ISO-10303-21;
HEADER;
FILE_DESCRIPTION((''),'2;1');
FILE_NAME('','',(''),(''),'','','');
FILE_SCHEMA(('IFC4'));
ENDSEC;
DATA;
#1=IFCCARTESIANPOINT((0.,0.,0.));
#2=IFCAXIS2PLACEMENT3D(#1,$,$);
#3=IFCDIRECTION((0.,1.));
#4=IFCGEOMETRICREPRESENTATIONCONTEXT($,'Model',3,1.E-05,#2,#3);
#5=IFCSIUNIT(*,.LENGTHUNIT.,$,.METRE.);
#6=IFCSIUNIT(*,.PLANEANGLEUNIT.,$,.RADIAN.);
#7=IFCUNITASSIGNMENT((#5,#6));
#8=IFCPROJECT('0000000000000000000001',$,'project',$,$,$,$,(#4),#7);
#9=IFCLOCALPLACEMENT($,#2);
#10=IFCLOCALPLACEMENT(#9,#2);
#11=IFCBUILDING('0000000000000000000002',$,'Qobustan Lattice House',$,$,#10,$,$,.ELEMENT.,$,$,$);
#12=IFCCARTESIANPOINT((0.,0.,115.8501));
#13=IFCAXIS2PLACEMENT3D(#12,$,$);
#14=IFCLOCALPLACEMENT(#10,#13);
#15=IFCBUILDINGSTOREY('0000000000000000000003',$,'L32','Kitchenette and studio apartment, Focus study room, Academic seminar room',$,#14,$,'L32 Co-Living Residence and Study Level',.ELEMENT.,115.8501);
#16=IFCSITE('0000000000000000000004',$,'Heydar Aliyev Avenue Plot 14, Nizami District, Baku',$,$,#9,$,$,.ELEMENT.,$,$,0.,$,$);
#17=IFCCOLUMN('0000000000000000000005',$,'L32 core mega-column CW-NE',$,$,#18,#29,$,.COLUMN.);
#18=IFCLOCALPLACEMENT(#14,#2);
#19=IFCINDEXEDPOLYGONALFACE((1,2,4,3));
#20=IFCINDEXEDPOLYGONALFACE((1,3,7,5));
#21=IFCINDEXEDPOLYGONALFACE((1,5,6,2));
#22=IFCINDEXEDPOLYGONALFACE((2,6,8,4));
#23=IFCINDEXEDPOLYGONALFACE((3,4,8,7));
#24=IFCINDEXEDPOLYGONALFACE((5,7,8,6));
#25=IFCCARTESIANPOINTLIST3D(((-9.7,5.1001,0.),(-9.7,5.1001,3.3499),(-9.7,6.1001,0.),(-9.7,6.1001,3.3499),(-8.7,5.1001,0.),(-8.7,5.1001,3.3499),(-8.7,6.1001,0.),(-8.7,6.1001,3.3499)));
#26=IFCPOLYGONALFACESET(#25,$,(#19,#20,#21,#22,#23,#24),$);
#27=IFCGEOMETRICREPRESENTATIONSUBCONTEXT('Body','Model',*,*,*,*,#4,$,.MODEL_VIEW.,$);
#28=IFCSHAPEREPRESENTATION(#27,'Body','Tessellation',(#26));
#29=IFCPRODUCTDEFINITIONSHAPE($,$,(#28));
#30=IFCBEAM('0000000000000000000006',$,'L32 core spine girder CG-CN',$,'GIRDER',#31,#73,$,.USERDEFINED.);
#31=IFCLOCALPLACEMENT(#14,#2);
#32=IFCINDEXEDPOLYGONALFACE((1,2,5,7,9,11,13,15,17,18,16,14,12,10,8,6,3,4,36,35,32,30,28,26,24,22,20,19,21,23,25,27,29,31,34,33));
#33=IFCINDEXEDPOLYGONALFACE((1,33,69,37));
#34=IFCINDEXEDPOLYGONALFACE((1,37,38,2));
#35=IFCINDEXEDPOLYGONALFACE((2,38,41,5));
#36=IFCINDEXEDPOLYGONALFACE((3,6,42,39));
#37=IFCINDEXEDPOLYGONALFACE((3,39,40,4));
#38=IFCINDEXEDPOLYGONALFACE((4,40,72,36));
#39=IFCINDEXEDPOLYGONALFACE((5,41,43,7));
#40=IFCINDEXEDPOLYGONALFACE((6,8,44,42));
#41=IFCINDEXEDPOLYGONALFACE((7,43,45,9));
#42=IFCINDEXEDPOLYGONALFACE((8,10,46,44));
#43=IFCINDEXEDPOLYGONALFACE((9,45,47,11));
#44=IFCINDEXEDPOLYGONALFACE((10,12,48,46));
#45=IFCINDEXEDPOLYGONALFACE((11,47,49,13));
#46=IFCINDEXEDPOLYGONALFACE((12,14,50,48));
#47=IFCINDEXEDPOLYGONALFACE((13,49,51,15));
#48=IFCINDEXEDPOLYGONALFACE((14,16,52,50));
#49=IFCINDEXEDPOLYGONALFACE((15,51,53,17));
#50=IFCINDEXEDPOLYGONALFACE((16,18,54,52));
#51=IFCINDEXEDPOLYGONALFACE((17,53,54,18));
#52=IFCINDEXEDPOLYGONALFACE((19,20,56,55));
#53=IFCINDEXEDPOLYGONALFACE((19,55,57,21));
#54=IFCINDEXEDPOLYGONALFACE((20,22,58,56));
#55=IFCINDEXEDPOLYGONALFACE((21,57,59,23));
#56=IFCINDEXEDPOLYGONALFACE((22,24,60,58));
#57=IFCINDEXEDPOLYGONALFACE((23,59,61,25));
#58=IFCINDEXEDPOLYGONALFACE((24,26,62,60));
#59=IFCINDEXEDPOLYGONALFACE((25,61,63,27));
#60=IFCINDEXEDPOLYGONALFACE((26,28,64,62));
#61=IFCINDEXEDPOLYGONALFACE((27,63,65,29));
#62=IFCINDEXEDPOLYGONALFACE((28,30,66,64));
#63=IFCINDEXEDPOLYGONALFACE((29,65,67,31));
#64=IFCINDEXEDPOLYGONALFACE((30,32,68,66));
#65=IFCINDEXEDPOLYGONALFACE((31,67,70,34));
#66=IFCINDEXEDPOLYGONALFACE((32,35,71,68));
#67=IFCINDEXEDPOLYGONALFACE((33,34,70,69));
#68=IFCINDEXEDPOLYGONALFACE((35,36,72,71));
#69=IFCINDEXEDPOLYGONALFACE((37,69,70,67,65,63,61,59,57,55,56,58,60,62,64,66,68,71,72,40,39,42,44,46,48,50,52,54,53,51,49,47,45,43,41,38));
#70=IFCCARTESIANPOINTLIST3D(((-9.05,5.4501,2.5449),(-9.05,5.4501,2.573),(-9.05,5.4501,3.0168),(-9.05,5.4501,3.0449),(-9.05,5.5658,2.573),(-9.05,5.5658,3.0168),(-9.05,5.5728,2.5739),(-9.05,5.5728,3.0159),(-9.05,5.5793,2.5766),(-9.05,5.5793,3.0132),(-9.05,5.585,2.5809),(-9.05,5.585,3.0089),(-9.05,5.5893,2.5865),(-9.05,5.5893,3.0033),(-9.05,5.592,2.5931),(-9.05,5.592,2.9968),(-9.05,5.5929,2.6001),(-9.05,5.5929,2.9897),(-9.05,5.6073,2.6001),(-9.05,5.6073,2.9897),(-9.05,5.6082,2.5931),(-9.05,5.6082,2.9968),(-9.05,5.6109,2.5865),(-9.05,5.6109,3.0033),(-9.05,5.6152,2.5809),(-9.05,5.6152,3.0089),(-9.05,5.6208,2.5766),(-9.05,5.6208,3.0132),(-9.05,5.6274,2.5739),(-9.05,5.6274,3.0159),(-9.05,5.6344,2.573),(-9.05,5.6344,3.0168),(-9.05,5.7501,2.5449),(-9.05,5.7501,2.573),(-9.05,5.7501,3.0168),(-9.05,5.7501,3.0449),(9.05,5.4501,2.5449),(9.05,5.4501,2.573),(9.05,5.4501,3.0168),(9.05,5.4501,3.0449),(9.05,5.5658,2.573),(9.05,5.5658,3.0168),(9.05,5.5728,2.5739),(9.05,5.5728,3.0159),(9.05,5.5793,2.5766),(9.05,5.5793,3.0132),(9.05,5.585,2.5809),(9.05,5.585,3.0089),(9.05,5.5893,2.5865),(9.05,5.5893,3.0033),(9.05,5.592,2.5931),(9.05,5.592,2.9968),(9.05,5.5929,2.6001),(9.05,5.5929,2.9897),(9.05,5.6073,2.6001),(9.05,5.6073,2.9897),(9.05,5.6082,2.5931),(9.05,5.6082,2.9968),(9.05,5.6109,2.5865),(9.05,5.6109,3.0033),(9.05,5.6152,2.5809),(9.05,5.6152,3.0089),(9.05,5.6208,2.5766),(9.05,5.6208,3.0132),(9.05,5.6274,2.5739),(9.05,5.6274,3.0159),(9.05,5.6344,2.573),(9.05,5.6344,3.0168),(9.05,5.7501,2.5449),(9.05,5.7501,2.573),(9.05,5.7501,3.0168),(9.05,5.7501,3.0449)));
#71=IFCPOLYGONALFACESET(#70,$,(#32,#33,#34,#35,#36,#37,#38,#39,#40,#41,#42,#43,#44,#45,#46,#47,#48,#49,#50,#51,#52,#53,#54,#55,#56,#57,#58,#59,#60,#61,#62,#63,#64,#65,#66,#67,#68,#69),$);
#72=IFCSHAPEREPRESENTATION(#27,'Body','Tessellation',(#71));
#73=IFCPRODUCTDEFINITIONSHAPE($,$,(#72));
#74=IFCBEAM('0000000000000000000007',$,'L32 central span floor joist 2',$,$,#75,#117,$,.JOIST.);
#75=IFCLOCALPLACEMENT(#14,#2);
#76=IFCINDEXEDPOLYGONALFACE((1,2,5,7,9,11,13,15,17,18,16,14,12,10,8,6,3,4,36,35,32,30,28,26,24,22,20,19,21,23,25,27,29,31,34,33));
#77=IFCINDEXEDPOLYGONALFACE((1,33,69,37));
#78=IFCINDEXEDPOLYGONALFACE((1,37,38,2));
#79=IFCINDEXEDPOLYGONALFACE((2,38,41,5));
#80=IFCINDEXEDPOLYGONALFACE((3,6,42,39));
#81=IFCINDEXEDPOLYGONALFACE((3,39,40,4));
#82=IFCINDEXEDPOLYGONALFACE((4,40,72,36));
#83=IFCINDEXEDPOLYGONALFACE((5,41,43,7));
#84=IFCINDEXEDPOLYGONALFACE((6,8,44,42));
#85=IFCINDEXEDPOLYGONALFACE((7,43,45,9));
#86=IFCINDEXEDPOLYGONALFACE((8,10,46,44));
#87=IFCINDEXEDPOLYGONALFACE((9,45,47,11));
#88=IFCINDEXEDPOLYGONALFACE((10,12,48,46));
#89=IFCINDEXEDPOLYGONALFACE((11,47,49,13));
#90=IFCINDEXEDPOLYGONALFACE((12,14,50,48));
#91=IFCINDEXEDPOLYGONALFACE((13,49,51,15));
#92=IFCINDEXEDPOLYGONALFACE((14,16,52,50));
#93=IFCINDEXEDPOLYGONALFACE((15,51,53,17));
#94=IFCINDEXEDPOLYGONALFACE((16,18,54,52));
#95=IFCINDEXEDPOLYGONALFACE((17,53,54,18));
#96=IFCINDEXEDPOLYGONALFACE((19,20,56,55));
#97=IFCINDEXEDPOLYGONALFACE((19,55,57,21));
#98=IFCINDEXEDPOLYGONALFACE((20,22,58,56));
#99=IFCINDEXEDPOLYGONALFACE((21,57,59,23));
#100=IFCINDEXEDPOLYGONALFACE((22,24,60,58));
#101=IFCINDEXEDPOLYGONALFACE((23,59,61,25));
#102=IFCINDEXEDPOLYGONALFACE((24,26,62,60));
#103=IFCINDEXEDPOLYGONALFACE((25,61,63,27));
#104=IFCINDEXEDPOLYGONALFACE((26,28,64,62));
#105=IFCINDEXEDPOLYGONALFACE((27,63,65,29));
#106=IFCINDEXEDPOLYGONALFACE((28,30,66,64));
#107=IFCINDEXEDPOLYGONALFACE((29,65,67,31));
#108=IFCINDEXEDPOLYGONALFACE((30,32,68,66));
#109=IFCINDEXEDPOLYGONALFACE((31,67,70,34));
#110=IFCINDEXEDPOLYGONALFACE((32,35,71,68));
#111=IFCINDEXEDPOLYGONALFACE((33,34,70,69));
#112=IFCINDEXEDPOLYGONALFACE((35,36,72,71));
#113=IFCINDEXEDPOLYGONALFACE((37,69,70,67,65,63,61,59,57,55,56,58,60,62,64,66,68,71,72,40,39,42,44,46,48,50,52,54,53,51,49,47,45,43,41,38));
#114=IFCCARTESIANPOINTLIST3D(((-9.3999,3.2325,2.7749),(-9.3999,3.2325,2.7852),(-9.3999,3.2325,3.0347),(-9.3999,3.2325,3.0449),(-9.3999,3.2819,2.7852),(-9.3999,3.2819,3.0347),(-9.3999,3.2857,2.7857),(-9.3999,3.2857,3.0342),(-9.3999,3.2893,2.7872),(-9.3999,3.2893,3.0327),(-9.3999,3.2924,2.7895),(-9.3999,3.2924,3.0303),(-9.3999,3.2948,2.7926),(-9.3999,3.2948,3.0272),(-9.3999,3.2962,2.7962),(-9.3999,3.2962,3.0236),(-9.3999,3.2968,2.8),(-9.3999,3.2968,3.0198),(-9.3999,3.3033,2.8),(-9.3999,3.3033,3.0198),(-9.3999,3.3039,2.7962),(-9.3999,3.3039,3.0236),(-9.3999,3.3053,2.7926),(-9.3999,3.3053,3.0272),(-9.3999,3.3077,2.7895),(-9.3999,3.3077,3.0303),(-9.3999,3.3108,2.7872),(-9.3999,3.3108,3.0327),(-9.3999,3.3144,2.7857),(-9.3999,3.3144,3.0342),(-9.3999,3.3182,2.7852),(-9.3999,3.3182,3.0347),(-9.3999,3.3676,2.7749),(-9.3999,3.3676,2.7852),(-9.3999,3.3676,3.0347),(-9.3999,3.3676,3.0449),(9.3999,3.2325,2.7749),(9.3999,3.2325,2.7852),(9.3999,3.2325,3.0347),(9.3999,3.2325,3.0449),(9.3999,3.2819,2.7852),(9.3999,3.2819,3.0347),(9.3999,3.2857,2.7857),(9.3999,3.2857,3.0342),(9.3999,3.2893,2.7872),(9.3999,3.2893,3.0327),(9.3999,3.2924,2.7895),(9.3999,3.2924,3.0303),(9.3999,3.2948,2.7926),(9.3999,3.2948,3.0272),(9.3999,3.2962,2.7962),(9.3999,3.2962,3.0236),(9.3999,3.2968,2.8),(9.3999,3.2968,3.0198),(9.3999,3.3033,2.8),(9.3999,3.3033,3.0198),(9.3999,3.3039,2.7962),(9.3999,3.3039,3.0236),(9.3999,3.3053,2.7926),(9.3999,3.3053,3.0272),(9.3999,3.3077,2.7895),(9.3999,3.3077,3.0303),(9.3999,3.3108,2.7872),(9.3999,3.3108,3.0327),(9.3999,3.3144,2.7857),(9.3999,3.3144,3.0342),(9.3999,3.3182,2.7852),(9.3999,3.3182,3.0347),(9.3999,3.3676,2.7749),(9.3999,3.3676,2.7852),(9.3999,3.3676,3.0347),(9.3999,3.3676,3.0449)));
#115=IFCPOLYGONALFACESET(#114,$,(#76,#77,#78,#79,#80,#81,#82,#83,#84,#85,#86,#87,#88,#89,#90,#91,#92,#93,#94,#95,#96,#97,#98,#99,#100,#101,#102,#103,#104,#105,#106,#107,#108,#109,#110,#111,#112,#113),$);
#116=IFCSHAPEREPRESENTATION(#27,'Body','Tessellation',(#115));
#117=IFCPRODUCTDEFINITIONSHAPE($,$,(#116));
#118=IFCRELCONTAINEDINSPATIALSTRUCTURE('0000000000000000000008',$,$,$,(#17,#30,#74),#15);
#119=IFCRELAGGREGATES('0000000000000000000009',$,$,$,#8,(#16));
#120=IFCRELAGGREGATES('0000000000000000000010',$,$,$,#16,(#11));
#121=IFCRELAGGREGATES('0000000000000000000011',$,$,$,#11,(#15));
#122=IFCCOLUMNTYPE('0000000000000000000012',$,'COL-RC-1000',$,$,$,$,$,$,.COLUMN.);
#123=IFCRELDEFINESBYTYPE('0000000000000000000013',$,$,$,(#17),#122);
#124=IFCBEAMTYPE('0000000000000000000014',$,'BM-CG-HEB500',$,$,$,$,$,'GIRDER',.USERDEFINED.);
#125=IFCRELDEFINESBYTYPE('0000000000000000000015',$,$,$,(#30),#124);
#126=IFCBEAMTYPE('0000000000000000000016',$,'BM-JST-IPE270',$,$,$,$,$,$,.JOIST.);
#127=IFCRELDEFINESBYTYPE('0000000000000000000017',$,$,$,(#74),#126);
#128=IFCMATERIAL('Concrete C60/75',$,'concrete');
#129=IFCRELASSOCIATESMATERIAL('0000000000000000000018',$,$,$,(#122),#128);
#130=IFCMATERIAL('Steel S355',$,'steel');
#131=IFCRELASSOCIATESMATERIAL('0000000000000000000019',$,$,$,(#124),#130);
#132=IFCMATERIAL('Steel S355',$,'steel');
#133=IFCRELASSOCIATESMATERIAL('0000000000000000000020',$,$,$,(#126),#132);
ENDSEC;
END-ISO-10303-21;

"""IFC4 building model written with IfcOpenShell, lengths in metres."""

from ifc_helpers import new_model, si_unit, direction, frame, origin, origin_2d, place, context, subcontext, project, spatial, rectangle, i_section, extrude, material, material_profile, profile_set, type_object, element, save


model = new_model("IFC4")

# Units and contexts
model_context = context("Model", 3, precision=1e-05, world=origin(), true_north=direction((0.0, 1.0)))
body_context = subcontext(model_context, "Body", "Model", "MODEL_VIEW")
ifc_project = project(units=[si_unit("LENGTHUNIT", "METRE"), si_unit("PLANEANGLEUNIT", "RADIAN")], contexts=[model_context])

# Site, building, storey
site_placement = place(None, origin())
site = spatial("IfcSite", under=ifc_project, at=site_placement, Name="Heydar Aliyev Avenue Plot 14, Nizami District, Baku", CompositionType="ELEMENT", RefElevation=0.0)
building_placement = place(site_placement, origin())
building = spatial("IfcBuilding", under=site, at=building_placement, Name="Qobustan Lattice House", CompositionType="ELEMENT")
storey_placement = place(building_placement, frame((0.0, 0.0, 115.8501)))
storey = spatial("IfcBuildingStorey", under=building, at=storey_placement, Name="L32", Description="Kitchenette and studio apartment, Focus study room, Academic seminar room", LongName="L32 Co-Living Residence and Study Level", CompositionType="ELEMENT", Elevation=115.8501)

# Column
ifc_material_1 = material(Name="Concrete C60/75", Category="concrete")
ifc_material_profile_1 = material_profile(ifc_material_1, rectangle(XDim=1.0, YDim=1.0, at=origin_2d()), Name="RC1000x1000")
ifc_profile_set_1 = profile_set([ifc_material_profile_1], Name="Concrete C60/75")
column_type = type_object("IfcColumnType", Name="COL-RC-1000", PredefinedType="COLUMN", material=ifc_profile_set_1)
column_placement = place(storey_placement, frame((-9.2, 5.6001, 0.0), z_axis=(0.0, 0.0, 1.0), x_axis=(1.0, 0.0, 0.0)))
element("IfcColumn", 1, at=column_placement, inside=storey, type_object=column_type, Name="L32 core mega-column CW-NE", PredefinedType="COLUMN", context=body_context, shape_type="SweptSolid", body=[
    extrude(rectangle(XDim=1.0, YDim=1.0, at=origin_2d()), origin(), (0.0, 0.0, 1.0), 3.3499),
])

# Beams
ifc_material_2 = material(Name="Steel S355", Category="steel")
ifc_material_profile_2 = material_profile(ifc_material_2, i_section(OverallWidth=0.3, OverallDepth=0.5, WebThickness=0.0144, FlangeThickness=0.0281, FilletRadius=0.0271, at=origin_2d()), Name="HEB500")
ifc_profile_set_2 = profile_set([ifc_material_profile_2], Name="Steel S355")
beam_type_1 = type_object("IfcBeamType", Name="BM-CG-HEB500", ElementType="GIRDER", PredefinedType="USERDEFINED", material=ifc_profile_set_2)
beam_1_placement = place(storey_placement, frame((-9.05, 5.6001, 2.7949), z_axis=(1.0, 0.0, 0.0), x_axis=(0.0, 1.0, 0.0)))
element("IfcBeam", 2, at=beam_1_placement, inside=storey, type_object=beam_type_1, Name="L32 core spine girder CG-CN", ObjectType="GIRDER", PredefinedType="USERDEFINED", context=body_context, shape_type="SweptSolid", body=[
    extrude(i_section(OverallWidth=0.3, OverallDepth=0.5, WebThickness=0.0144, FlangeThickness=0.0281, FilletRadius=0.0271, at=origin_2d()), origin(), (0.0, 0.0, 1.0), 18.1001),
])
ifc_material_3 = material(Name="Steel S355", Category="steel")
ifc_material_profile_3 = material_profile(ifc_material_3, i_section(OverallWidth=0.135, OverallDepth=0.27, WebThickness=0.0066, FlangeThickness=0.0103, FilletRadius=0.0149, at=origin_2d()), Name="IPE270")
ifc_profile_set_3 = profile_set([ifc_material_profile_3], Name="Steel S355")
beam_type_2 = type_object("IfcBeamType", Name="BM-JST-IPE270", PredefinedType="JOIST", material=ifc_profile_set_3)
beam_2_placement = place(storey_placement, frame((-9.3999, 3.3, 2.9099), z_axis=(1.0, 0.0, 0.0), x_axis=(0.0, 1.0, 0.0)))
element("IfcBeam", 3, at=beam_2_placement, inside=storey, type_object=beam_type_2, Name="L32 central span floor joist 2", PredefinedType="JOIST", context=body_context, shape_type="SweptSolid", body=[
    extrude(i_section(OverallWidth=0.135, OverallDepth=0.27, WebThickness=0.0066, FlangeThickness=0.0103, FilletRadius=0.0149, at=origin_2d()), origin(), (0.0, 0.0, 1.0), 18.7998),
])

save(model, "model.ifc")
